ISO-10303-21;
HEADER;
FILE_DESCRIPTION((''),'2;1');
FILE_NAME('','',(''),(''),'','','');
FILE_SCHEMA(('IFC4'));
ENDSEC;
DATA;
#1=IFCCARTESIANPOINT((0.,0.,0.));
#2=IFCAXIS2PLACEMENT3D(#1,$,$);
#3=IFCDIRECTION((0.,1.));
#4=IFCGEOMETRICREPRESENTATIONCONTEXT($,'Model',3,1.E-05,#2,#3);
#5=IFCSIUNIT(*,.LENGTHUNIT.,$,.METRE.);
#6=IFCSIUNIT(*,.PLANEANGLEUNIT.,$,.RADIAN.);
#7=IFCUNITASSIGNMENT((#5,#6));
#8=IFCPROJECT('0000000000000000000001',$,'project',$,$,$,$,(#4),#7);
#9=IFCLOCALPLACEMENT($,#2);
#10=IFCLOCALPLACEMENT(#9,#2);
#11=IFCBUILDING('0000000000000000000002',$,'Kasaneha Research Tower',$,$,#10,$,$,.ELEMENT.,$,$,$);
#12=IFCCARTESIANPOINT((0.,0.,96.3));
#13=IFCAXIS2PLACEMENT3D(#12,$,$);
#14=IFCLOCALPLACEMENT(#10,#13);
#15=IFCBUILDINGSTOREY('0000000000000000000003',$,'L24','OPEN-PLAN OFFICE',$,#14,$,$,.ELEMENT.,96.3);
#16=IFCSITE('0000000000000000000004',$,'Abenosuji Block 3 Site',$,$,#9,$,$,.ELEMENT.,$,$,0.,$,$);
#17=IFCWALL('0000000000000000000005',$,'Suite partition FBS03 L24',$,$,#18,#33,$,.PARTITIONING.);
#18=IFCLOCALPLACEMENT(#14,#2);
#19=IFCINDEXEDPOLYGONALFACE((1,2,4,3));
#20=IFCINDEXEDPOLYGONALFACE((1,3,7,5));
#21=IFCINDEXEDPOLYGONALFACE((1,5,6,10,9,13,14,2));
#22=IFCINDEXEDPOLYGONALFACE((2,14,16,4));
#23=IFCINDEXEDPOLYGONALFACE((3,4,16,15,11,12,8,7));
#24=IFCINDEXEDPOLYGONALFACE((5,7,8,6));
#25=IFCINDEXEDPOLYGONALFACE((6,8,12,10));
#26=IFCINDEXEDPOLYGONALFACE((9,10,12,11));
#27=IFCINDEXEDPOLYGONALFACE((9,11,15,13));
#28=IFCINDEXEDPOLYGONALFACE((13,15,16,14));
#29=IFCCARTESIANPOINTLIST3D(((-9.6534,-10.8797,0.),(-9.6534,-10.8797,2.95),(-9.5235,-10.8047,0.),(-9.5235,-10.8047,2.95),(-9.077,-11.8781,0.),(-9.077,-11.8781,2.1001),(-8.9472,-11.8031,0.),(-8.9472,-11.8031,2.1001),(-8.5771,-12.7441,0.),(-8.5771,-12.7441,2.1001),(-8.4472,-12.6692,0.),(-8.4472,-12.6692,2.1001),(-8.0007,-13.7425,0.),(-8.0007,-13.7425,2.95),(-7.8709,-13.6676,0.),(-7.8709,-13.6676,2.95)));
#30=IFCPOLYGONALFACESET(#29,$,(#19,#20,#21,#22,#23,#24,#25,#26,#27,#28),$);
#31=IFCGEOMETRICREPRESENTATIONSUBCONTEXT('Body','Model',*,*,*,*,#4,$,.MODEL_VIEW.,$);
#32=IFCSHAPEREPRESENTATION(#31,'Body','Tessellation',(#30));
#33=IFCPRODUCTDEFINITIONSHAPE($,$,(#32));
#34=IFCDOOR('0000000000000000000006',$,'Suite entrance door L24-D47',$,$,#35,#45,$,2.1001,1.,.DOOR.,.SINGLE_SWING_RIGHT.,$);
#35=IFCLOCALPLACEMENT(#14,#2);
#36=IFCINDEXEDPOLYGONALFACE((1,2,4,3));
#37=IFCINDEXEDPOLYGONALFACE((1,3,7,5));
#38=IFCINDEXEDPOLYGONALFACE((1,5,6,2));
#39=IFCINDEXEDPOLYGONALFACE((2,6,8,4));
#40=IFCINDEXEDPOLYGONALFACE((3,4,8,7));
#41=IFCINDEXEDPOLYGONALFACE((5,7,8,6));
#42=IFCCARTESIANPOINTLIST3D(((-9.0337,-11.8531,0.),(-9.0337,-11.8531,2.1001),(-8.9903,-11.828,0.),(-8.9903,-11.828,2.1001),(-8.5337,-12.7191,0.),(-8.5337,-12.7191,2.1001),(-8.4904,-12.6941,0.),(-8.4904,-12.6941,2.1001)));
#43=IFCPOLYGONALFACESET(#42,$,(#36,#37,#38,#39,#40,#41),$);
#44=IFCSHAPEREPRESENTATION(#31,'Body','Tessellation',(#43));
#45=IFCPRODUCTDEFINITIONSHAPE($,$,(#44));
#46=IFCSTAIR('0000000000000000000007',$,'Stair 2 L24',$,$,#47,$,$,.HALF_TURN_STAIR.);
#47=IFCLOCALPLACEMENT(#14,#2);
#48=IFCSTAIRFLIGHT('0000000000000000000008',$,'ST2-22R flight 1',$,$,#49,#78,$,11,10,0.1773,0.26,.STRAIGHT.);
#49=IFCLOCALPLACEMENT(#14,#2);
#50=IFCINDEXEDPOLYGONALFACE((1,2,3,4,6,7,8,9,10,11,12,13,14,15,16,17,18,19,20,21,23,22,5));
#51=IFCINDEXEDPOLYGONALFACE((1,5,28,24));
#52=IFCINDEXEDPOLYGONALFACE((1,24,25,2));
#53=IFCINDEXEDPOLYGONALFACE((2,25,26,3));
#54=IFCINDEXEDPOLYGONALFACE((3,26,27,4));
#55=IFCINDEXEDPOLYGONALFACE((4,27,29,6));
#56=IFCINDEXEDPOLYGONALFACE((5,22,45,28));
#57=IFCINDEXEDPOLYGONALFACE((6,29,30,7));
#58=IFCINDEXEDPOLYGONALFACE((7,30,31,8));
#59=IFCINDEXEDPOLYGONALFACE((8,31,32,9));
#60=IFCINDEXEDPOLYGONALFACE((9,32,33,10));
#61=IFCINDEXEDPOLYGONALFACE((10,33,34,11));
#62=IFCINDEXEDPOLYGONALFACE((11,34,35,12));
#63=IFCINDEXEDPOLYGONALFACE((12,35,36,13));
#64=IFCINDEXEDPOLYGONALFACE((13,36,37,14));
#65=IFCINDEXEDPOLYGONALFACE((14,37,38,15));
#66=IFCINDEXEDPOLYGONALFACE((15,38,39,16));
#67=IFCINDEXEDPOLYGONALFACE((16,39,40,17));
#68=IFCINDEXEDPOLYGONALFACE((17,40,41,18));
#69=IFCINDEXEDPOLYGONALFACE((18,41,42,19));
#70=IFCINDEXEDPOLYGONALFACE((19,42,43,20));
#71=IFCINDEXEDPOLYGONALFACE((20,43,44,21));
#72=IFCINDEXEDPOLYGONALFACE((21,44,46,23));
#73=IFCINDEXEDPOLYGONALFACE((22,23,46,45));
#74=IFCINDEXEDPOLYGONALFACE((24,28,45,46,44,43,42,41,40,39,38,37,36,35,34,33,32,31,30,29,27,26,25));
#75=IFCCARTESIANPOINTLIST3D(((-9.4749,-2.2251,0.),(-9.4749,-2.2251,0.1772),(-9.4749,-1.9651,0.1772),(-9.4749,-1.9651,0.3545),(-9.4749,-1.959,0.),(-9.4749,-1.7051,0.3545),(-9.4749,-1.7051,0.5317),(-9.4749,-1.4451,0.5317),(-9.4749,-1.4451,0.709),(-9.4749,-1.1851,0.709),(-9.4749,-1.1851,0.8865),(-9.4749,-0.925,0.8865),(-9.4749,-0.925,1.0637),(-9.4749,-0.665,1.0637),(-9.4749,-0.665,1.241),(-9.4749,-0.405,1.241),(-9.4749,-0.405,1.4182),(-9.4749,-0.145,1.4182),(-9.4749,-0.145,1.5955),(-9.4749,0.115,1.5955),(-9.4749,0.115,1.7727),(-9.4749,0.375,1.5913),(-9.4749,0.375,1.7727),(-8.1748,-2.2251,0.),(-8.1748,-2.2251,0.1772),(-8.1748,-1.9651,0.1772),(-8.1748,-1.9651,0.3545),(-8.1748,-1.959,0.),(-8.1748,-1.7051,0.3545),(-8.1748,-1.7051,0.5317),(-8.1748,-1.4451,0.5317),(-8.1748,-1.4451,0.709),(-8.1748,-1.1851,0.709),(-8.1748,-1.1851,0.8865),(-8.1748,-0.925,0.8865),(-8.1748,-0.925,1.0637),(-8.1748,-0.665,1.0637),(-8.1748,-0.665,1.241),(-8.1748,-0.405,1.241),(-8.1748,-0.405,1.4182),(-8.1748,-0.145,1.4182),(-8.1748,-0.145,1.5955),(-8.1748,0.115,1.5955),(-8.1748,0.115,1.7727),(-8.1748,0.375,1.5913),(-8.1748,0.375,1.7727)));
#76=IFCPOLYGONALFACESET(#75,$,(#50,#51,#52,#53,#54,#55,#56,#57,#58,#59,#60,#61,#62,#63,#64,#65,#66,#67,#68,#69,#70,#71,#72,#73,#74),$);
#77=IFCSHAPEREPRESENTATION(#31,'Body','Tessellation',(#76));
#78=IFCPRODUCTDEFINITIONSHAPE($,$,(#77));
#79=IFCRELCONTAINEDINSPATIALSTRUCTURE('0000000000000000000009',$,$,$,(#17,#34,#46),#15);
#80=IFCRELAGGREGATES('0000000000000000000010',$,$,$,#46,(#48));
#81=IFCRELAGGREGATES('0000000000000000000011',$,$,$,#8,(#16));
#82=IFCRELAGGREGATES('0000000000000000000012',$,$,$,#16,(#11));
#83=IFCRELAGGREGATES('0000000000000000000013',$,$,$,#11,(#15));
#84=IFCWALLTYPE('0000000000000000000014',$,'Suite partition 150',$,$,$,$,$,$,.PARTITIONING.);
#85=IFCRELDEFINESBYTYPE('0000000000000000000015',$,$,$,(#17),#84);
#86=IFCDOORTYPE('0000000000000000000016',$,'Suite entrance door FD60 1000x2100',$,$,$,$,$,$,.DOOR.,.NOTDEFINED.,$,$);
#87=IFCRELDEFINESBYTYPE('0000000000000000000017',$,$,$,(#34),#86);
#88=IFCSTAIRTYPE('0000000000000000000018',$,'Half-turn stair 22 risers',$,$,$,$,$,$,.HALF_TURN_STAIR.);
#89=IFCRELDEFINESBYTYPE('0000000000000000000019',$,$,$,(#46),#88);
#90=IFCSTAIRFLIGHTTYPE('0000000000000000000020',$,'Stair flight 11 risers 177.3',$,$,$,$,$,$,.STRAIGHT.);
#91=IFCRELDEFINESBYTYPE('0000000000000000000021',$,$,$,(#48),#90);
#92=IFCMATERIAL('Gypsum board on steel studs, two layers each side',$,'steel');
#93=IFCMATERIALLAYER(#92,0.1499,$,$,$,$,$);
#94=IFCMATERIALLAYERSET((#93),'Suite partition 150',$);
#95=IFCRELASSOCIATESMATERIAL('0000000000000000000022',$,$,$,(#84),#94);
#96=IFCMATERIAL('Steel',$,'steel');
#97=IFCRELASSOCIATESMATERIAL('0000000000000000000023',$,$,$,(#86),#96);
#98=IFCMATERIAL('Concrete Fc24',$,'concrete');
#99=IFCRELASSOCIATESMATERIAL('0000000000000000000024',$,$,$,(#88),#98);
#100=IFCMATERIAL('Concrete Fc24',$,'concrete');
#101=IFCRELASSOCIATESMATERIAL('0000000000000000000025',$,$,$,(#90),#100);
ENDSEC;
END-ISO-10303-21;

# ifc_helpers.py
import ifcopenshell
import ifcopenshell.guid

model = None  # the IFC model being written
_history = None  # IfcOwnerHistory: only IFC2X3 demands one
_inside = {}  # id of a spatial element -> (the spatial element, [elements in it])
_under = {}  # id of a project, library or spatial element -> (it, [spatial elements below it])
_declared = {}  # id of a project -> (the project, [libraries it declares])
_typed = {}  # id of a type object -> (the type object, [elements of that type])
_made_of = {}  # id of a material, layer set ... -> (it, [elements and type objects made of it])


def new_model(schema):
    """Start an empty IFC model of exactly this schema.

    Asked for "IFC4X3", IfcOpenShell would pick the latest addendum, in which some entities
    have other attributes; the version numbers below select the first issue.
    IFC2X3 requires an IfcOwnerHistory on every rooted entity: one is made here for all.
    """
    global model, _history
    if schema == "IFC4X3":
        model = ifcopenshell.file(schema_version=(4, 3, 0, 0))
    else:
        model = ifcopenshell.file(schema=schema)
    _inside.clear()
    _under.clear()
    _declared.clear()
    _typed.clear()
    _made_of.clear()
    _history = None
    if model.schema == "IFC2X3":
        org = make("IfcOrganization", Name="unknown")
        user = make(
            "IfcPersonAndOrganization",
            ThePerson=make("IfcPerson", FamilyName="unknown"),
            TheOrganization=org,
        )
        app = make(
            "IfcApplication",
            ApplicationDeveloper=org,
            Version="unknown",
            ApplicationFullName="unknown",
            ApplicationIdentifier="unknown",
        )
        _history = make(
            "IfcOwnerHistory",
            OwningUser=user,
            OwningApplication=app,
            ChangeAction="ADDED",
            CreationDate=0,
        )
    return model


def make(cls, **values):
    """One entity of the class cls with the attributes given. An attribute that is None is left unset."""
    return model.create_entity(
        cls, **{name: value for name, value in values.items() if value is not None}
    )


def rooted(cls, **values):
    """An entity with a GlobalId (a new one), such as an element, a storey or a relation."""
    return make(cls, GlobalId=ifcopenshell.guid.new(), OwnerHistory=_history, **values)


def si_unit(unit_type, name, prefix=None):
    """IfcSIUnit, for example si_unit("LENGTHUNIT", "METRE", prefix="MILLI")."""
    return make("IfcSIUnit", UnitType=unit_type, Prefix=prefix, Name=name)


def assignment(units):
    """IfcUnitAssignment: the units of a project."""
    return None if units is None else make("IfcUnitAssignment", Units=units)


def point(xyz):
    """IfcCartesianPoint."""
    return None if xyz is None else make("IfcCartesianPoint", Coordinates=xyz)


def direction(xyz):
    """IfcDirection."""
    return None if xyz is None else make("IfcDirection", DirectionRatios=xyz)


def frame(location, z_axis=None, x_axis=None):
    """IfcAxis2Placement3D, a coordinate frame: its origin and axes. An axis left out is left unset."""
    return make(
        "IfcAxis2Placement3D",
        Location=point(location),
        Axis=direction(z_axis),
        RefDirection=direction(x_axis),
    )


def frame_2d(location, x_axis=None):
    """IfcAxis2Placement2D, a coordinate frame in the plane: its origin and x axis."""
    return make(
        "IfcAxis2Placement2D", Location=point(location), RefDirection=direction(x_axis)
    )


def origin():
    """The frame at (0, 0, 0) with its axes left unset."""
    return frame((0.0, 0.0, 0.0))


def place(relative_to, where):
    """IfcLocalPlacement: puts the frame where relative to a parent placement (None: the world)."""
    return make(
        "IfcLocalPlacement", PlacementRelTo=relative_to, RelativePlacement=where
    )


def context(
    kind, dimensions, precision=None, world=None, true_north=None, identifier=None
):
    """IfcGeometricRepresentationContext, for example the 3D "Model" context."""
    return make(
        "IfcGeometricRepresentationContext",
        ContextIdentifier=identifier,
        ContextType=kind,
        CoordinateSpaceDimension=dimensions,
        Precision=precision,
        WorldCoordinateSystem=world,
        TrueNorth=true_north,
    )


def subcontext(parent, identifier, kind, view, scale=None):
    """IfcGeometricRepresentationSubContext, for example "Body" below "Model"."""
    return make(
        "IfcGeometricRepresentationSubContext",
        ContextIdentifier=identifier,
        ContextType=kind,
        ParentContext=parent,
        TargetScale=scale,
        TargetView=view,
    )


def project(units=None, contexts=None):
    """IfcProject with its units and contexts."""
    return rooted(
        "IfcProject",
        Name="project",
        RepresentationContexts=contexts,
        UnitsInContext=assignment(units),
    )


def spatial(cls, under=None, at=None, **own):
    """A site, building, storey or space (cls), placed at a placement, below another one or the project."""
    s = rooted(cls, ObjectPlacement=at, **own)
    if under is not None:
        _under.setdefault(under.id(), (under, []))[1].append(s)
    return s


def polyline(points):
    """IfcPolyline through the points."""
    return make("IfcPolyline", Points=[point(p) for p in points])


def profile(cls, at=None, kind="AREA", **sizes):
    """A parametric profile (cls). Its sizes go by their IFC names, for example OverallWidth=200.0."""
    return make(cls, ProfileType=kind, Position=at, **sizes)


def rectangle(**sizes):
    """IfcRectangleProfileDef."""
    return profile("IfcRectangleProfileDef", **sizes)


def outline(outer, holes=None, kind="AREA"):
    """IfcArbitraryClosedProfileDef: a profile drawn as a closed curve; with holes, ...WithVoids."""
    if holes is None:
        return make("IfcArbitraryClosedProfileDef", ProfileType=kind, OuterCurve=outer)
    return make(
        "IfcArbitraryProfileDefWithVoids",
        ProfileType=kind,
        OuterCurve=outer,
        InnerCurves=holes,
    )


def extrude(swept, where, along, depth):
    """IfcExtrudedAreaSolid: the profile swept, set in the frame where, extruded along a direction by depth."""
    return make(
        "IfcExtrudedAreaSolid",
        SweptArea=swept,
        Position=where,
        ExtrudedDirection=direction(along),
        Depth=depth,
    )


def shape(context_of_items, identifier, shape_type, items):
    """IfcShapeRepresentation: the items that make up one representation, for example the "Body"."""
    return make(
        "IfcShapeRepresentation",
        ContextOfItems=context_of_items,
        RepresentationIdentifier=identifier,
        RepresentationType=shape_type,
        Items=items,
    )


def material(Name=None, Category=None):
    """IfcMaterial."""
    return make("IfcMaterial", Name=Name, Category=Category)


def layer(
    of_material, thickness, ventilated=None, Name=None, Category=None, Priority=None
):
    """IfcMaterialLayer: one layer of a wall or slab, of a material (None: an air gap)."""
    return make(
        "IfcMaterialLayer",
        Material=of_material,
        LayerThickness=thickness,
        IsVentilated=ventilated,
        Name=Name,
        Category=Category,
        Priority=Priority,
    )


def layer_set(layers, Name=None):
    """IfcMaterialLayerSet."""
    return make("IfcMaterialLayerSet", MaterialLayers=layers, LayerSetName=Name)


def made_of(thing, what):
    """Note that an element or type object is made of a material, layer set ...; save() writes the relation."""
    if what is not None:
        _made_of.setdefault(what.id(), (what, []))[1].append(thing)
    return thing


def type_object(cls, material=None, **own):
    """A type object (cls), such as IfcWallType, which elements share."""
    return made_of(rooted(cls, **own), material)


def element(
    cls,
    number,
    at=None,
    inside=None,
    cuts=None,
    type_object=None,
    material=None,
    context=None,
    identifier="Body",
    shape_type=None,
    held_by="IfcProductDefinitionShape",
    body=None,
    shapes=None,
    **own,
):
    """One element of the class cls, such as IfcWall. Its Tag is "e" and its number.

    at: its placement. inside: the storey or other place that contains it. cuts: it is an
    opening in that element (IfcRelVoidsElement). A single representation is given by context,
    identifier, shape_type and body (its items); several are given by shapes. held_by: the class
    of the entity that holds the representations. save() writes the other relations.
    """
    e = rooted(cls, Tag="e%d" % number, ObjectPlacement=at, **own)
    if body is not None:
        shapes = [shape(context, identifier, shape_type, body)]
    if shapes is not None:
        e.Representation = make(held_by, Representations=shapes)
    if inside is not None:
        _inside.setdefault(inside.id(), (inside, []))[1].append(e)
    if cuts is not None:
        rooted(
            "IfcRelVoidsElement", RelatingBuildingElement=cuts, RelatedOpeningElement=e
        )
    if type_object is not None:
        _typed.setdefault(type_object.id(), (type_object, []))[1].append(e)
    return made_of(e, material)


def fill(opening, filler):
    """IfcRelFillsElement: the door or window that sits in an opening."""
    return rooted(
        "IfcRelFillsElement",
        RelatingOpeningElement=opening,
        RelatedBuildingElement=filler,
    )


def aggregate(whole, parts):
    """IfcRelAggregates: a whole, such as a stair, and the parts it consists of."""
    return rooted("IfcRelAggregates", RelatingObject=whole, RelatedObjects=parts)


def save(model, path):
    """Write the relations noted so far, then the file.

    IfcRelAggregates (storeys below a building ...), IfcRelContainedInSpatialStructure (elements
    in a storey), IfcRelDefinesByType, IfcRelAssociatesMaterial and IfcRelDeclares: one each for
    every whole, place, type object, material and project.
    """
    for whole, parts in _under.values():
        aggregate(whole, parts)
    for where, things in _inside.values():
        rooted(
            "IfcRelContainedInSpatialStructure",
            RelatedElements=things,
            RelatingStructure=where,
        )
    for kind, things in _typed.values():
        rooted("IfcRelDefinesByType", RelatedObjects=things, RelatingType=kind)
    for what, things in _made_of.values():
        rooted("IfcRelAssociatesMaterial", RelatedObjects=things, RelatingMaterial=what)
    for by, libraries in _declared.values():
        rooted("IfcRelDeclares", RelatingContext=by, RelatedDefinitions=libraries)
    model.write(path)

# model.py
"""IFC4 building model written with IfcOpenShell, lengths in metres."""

from ifc_helpers import new_model, si_unit, direction, frame, frame_2d, origin, place, context, subcontext, project, spatial, polyline, rectangle, outline, extrude, material, layer, layer_set, type_object, element, fill, aggregate, save


model = new_model("IFC4")

# Units and contexts
model_context = context("Model", 3, precision=1e-05, world=origin(), true_north=direction((0.0, 1.0)))
body_context = subcontext(model_context, "Body", "Model", "MODEL_VIEW")
ifc_project = project(units=[si_unit("LENGTHUNIT", "METRE"), si_unit("PLANEANGLEUNIT", "RADIAN")], contexts=[model_context])

# Site, building, storey
site_placement = place(None, origin())
site = spatial("IfcSite", under=ifc_project, at=site_placement, Name="Abenosuji Block 3 Site", CompositionType="ELEMENT", RefElevation=0.0)
building_placement = place(site_placement, origin())
building = spatial("IfcBuilding", under=site, at=building_placement, Name="Kasaneha Research Tower", CompositionType="ELEMENT")
storey_placement = place(building_placement, frame((0.0, 0.0, 96.3)))
storey = spatial("IfcBuildingStorey", under=building, at=storey_placement, Name="L24", Description="OPEN-PLAN OFFICE", CompositionType="ELEMENT", Elevation=96.3)

# Shared definitions
ifc_material_1 = material(Name="Gypsum board on steel studs, two layers each side", Category="steel")
ifc_layer_1 = layer(ifc_material_1, 0.1499)
ifc_layer_set_1 = layer_set([ifc_layer_1], Name="Suite partition 150")
wall_type_1 = type_object("IfcWallType", Name="Suite partition 150", PredefinedType="PARTITIONING", material=ifc_layer_set_1)
ifc_material_2 = material(Name="Steel", Category="steel")
door_type_1 = type_object("IfcDoorType", Name="Suite entrance door FD60 1000x2100", OperationType="NOTDEFINED", PredefinedType="DOOR", material=ifc_material_2)

# Wall, opening, door
wall_1_placement = place(storey_placement, frame((-7.9358, -13.7051, 0.0), z_axis=(0.0, 0.0, 1.0), x_axis=(-0.499944, 0.866058, 0.0)))
wall_1 = element("IfcWall", 1, at=wall_1_placement, inside=storey, type_object=wall_type_1, Name="Suite partition FBS03 L24", PredefinedType="PARTITIONING", context=body_context, shape_type="SweptSolid", body=[
    extrude(rectangle(XDim=3.3057, YDim=0.1499, at=frame_2d((1.6528, 0.0))), origin(), (0.0, 0.0, 1.0), 2.95),
])
opening_1_placement = place(wall_1_placement, frame((1.1528, 0.0, 0.0)))
opening_1 = element("IfcOpeningElement", 2, at=opening_1_placement, cuts=wall_1, PredefinedType="OPENING", context=body_context, shape_type="SweptSolid", body=[
    extrude(rectangle(XDim=1.0, YDim=2.1001, at=frame_2d((0.5, 1.05))), frame((0.0, 0.085, 0.0), z_axis=(0.0, -1.0, 0.0), x_axis=(1.0, 0.0, 0.0)), (0.0, 0.0, 1.0), 0.1699),
])
door_1_placement = place(opening_1_placement, origin())
door_1 = element("IfcDoor", 3, at=door_1_placement, inside=storey, type_object=door_type_1, Name="Suite entrance door L24-D47", OperationType="SINGLE_SWING_RIGHT", OverallHeight=2.1001, OverallWidth=1.0, PredefinedType="DOOR", context=body_context, shape_type="SweptSolid", body=[
    extrude(rectangle(XDim=1.0, YDim=2.1001, at=frame_2d((0.5, 1.05))), frame((0.0, 0.0249, 0.0), z_axis=(0.0, -1.0, 0.0), x_axis=(1.0, 0.0, 0.0)), (0.0, 0.0, 1.0), 0.05),
])
fill(opening_1, door_1)

# Stair, stair flight
ifc_material_3 = material(Name="Concrete Fc24", Category="concrete")
stair_type = type_object("IfcStairType", Name="Half-turn stair 22 risers", PredefinedType="HALF_TURN_STAIR", material=ifc_material_3)
stair_placement = place(storey_placement, origin())
stair = element("IfcStair", 4, at=stair_placement, inside=storey, type_object=stair_type, Name="Stair 2 L24", PredefinedType="HALF_TURN_STAIR")
ifc_material_4 = material(Name="Concrete Fc24", Category="concrete")
stair_flight_type = type_object("IfcStairFlightType", Name="Stair flight 11 risers 177.3", PredefinedType="STRAIGHT", material=ifc_material_4)
stair_flight_placement = place(storey_placement, frame((-8.825, -2.2251, 0.0), z_axis=(0.0, 0.0, 1.0), x_axis=(0.0, 1.0, 0.0)))
stair_flight = element("IfcStairFlight", 5, at=stair_flight_placement, type_object=stair_flight_type, Name="ST2-22R flight 1", NumberOfRisers=11, NumberOfTreads=10, PredefinedType="STRAIGHT", RiserHeight=0.1773, TreadLength=0.26, context=body_context, shape_type="SweptSolid", body=[
    extrude(outline(polyline([(0.0, 0.0), (0.0, 0.1772), (0.26, 0.1772), (0.26, 0.3545), (0.52, 0.3545), (0.52, 0.5317), (0.78, 0.5317), (0.78, 0.709), (1.04, 0.709), (1.04, 0.8865), (1.3, 0.8865), (1.3, 1.0637), (1.5601, 1.0637), (1.5601, 1.241), (1.8201, 1.241), (1.8201, 1.4182), (2.0801, 1.4182), (2.0801, 1.5955), (2.3401, 1.5955), (2.3401, 1.7727), (2.6001, 1.7727), (2.6001, 1.95), (2.6001, 1.5913), (0.2661, 0.0), (0.0, 0.0)])), frame((0.0, 0.6499, 0.0), z_axis=(0.0, -1.0, 0.0), x_axis=(1.0, 0.0, 0.0)), (0.0, 0.0, 1.0), 1.3),
])
aggregate(stair, [stair_flight])

save(model, "model.ifc")
